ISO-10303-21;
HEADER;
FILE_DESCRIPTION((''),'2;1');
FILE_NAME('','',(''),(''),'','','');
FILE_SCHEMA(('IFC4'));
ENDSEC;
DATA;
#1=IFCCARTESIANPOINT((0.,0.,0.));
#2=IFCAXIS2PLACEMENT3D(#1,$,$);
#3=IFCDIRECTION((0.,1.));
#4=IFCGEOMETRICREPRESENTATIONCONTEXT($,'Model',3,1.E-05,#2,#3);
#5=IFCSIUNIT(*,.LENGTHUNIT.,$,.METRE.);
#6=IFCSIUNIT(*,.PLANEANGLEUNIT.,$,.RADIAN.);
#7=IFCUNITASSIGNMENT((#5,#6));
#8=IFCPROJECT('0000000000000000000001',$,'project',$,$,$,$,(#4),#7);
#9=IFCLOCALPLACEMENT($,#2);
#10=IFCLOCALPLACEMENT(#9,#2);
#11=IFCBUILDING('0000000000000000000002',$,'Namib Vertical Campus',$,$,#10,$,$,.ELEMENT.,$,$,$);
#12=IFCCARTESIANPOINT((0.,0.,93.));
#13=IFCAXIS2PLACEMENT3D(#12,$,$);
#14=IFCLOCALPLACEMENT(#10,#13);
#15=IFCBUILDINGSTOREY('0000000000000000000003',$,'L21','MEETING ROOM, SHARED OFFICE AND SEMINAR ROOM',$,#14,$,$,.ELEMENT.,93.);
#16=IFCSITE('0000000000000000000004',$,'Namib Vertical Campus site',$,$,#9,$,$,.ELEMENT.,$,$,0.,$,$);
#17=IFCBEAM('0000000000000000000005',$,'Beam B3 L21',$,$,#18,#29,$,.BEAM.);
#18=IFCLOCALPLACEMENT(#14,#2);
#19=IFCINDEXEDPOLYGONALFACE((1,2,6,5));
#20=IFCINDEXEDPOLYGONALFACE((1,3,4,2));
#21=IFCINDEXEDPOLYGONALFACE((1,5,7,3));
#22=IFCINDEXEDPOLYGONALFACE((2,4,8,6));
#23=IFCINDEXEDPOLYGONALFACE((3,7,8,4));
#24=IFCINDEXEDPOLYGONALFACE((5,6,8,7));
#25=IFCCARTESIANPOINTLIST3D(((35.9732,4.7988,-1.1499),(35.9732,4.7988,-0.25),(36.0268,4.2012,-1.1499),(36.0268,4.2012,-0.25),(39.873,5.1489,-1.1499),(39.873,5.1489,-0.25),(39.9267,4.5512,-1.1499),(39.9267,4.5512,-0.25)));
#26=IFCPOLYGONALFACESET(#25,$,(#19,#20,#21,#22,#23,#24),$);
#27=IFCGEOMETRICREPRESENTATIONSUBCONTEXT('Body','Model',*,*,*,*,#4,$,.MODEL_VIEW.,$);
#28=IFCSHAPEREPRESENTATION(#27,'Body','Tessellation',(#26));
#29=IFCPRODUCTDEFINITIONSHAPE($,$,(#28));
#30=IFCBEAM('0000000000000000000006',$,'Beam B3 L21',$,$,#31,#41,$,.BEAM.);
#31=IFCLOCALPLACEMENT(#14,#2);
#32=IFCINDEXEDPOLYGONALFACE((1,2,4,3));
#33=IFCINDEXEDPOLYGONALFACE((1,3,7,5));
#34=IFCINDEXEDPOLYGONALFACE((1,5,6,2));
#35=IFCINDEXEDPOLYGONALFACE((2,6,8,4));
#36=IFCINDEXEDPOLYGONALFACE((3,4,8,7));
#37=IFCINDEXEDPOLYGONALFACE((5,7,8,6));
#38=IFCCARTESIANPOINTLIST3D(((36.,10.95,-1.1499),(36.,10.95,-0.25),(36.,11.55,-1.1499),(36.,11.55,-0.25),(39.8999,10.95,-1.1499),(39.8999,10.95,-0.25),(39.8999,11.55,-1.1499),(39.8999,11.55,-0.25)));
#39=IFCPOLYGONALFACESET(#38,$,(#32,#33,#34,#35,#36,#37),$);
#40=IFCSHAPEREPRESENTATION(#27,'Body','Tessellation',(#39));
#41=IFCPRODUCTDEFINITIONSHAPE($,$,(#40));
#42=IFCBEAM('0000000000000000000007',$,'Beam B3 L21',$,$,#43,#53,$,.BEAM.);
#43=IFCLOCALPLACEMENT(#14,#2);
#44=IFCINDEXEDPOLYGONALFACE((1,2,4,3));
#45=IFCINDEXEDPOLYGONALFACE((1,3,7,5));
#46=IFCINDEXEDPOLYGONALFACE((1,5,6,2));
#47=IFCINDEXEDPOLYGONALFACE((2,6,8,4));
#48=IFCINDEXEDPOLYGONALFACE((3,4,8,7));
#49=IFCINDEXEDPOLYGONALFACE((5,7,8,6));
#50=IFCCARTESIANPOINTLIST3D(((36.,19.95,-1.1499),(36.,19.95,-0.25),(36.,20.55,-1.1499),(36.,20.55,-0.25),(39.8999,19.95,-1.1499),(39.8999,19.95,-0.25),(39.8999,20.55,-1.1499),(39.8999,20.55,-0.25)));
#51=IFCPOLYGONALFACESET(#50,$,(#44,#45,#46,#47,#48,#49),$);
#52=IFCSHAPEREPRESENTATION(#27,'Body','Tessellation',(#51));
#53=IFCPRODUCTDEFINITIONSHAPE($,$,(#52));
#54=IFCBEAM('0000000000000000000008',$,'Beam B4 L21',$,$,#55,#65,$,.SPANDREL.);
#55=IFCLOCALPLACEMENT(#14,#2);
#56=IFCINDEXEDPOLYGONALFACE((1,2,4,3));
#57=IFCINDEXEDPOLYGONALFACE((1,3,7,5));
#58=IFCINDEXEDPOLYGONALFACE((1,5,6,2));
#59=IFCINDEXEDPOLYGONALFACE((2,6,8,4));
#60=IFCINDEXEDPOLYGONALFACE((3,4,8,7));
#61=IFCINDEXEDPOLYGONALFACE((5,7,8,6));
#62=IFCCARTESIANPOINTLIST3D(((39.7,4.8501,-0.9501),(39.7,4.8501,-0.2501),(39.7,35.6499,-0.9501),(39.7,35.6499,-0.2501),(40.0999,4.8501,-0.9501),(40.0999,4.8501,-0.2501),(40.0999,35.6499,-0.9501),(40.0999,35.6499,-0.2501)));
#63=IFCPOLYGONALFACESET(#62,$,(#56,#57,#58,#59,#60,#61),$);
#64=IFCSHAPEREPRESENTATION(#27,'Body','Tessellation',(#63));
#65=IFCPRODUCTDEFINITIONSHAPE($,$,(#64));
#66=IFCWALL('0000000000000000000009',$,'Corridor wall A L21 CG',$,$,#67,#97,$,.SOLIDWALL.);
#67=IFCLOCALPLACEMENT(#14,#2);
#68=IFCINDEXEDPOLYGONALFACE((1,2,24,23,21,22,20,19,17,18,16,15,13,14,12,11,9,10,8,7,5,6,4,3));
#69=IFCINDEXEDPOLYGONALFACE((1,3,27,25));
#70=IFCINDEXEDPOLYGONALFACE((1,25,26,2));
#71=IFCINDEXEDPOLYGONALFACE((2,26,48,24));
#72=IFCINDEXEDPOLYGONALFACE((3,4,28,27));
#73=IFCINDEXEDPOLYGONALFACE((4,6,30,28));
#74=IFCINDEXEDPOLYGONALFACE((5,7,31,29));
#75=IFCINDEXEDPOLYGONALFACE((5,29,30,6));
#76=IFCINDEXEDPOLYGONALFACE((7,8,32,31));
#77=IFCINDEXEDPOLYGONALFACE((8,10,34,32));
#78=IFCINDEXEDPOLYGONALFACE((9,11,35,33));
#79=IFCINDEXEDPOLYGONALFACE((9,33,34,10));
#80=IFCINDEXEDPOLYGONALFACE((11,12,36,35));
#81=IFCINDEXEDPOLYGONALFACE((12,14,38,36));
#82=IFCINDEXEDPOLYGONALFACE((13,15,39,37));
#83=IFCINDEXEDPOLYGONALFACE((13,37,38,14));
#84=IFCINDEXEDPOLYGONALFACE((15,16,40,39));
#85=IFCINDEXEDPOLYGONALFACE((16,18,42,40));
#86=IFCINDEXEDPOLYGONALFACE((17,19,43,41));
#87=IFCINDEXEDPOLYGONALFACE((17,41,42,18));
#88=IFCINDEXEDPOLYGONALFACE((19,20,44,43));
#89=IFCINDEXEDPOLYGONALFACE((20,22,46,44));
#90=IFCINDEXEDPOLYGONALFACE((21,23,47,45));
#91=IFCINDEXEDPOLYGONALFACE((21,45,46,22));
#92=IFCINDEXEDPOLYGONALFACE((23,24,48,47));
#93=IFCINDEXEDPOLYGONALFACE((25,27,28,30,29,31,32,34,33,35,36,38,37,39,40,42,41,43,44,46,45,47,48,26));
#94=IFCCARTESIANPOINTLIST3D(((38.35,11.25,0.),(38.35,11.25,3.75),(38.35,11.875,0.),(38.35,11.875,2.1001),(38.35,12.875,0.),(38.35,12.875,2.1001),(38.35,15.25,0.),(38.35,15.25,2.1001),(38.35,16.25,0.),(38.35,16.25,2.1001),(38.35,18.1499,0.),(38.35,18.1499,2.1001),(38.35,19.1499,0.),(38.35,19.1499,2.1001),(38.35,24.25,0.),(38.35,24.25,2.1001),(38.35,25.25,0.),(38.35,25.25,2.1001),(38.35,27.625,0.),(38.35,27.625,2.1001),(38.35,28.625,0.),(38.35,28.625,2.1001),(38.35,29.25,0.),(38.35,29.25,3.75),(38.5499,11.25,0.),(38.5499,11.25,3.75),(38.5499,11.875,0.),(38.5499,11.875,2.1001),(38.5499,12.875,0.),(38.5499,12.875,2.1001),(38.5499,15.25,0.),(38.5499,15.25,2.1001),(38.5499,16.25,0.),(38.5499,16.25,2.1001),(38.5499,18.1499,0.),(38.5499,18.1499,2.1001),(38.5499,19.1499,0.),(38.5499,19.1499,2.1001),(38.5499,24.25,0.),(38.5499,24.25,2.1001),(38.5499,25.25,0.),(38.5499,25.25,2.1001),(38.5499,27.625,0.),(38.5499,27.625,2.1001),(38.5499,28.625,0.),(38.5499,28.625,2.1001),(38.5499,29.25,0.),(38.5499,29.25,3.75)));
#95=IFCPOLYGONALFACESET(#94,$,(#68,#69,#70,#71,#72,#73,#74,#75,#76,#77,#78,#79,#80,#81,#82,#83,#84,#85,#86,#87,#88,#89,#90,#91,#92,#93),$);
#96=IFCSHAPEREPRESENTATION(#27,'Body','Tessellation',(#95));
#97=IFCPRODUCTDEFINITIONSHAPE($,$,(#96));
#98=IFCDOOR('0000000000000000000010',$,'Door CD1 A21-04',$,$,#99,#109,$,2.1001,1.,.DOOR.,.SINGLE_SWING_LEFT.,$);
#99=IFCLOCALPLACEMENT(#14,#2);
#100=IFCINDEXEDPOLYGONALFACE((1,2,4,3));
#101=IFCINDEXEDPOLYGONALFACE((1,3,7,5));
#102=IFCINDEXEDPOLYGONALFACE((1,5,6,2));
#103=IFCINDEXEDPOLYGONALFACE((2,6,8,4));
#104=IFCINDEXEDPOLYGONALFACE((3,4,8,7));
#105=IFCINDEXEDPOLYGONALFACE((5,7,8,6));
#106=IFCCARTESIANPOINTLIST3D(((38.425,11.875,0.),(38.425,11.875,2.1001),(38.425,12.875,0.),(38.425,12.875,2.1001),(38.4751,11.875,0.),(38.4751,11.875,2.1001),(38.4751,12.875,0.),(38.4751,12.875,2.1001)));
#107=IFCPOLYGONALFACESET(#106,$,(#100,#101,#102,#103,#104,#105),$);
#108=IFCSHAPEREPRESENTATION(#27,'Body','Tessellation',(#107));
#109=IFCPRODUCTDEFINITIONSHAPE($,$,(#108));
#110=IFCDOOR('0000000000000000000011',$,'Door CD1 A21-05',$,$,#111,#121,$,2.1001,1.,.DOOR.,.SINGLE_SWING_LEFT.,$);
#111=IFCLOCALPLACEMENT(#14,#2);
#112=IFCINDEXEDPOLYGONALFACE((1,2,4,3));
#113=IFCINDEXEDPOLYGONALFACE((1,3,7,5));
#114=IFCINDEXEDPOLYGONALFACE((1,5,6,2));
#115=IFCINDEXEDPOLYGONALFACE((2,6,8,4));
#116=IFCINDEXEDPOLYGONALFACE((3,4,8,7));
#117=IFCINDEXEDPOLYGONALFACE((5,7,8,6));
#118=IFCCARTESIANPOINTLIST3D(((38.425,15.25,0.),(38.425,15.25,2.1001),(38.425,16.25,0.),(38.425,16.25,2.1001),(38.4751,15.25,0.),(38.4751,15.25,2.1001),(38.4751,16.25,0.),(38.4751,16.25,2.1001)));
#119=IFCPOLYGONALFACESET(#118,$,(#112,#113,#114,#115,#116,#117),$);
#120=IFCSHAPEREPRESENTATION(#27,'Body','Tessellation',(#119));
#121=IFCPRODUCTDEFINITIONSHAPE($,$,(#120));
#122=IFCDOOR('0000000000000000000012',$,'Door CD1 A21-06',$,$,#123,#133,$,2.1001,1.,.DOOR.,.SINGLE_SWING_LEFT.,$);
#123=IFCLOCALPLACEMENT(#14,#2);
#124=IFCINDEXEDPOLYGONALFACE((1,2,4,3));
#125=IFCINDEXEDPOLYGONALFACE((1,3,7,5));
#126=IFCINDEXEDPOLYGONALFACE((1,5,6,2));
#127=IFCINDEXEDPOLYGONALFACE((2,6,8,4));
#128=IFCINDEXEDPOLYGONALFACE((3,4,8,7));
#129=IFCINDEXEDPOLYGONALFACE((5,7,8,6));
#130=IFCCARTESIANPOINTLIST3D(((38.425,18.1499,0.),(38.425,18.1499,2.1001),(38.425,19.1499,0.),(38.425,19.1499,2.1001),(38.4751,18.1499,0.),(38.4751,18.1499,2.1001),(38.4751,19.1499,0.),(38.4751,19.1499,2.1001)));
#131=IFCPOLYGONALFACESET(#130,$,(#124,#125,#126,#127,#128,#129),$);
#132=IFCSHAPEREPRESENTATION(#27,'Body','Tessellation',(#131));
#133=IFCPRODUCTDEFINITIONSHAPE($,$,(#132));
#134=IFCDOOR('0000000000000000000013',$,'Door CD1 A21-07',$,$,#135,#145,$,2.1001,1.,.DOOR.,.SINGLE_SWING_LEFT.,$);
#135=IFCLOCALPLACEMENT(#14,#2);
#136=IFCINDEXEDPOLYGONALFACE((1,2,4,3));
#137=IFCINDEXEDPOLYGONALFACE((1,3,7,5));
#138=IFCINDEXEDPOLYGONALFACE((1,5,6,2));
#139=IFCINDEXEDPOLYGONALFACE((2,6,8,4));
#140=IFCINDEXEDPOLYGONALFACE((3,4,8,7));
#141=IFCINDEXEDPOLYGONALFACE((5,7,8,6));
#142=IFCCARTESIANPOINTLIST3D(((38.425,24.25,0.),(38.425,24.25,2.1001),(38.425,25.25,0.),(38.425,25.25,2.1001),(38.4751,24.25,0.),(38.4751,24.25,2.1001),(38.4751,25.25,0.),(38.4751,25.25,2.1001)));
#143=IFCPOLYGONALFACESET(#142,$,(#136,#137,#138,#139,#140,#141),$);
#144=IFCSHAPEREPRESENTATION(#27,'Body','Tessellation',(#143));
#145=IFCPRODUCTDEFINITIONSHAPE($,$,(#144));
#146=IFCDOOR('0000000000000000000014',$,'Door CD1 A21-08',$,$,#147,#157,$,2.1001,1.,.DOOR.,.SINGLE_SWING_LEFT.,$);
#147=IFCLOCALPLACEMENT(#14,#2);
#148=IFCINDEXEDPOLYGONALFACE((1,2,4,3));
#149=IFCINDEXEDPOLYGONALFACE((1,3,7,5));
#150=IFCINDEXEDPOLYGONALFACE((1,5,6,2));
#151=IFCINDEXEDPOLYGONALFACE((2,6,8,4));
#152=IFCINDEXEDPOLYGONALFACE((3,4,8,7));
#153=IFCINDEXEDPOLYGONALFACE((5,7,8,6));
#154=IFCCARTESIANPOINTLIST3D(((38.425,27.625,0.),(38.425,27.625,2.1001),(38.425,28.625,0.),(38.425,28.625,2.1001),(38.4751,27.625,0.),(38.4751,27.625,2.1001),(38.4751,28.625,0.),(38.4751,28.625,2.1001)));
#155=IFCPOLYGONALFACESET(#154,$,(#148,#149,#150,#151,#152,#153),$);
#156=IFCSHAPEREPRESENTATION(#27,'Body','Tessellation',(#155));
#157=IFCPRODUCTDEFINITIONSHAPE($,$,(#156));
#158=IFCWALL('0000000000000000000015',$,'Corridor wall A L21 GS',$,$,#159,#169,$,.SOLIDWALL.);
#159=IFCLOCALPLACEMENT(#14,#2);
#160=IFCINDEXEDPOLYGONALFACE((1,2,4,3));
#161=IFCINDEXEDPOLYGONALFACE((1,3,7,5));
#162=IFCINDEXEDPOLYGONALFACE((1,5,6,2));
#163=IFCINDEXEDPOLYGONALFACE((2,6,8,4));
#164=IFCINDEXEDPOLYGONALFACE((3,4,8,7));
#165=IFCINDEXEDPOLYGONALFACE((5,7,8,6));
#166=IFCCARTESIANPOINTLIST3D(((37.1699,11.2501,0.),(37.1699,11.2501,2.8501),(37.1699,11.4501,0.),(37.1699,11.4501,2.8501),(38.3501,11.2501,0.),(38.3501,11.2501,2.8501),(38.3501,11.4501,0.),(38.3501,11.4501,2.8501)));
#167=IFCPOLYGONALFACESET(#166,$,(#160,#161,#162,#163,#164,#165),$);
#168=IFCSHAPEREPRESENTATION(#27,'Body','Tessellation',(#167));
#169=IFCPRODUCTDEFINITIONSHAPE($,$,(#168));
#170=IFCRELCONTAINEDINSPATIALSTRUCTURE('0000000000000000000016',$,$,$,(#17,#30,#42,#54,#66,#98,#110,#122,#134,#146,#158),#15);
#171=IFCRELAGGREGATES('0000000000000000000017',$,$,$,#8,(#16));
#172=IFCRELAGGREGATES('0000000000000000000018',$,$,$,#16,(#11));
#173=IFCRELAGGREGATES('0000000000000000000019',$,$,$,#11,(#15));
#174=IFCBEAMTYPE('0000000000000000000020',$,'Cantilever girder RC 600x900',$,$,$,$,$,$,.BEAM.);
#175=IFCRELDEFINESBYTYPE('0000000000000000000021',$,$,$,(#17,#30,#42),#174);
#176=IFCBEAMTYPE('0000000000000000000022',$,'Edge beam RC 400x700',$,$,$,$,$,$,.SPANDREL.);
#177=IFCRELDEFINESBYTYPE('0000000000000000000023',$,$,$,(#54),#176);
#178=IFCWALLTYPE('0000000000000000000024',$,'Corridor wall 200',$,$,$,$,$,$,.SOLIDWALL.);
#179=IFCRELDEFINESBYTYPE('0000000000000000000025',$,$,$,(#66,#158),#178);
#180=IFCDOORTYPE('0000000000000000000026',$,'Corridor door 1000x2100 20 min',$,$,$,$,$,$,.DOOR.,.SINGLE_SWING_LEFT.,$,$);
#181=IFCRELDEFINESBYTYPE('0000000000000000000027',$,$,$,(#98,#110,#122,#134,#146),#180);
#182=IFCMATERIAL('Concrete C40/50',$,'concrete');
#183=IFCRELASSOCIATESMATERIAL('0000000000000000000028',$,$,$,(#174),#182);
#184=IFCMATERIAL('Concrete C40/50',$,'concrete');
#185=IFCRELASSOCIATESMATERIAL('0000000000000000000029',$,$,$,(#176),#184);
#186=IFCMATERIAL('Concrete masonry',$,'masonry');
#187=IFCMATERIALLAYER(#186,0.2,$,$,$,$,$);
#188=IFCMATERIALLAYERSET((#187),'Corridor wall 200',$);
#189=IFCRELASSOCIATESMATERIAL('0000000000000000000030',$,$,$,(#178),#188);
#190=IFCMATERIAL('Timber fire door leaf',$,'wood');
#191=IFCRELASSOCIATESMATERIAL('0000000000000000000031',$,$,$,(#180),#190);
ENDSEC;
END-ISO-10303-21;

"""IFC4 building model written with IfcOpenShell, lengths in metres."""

from ifc_helpers import new_model, si_unit, direction, frame, frame_2d, origin, origin_2d, place, context, subcontext, project, spatial, rectangle, extrude, material, layer, layer_set, material_profile, profile_set, type_object, element, fill, save


model = new_model("IFC4")

# Units and contexts
model_context = context("Model", 3, precision=1e-05, world=origin(), true_north=direction((0.0, 1.0)))
body_context = subcontext(model_context, "Body", "Model", "MODEL_VIEW")
ifc_project = project(units=[si_unit("LENGTHUNIT", "METRE"), si_unit("PLANEANGLEUNIT", "RADIAN")], contexts=[model_context])

# Site, building, storey
site_placement = place(None, origin())
site = spatial("IfcSite", under=ifc_project, at=site_placement, Name="Namib Vertical Campus site", CompositionType="ELEMENT", RefElevation=0.0)
building_placement = place(site_placement, origin())
building = spatial("IfcBuilding", under=site, at=building_placement, Name="Namib Vertical Campus", CompositionType="ELEMENT")
storey_placement = place(building_placement, frame((0.0, 0.0, 93.0)))
storey = spatial("IfcBuildingStorey", under=building, at=storey_placement, Name="L21", Description="MEETING ROOM, SHARED OFFICE AND SEMINAR ROOM", CompositionType="ELEMENT", Elevation=93.0)

# Beams
ifc_material_1 = material(Name="Concrete C40/50", Category="concrete")
ifc_material_profile_1 = material_profile(ifc_material_1, rectangle(XDim=0.6001, YDim=0.8999, at=origin_2d()))
ifc_profile_set_1 = profile_set([ifc_material_profile_1], Name="Concrete C40/50")
beam_type_1 = type_object("IfcBeamType", Name="Cantilever girder RC 600x900", PredefinedType="BEAM", material=ifc_profile_set_1)
beam_1_placement = place(storey_placement, frame((36.0, 4.5, -0.7), z_axis=(0.995995, 0.089411, 0.0), x_axis=(-0.089411, 0.995995, 0.0)))
element("IfcBeam", 1, at=beam_1_placement, inside=storey, type_object=beam_type_1, Name="Beam B3 L21", PredefinedType="BEAM", context=body_context, shape_type="SweptSolid", body=[
    extrude(rectangle(XDim=0.6001, YDim=0.8999, at=origin_2d()), origin(), (0.0, 0.0, 1.0), 3.9155),
])
for number, where, z_axis, x_axis, name in (
    (2, (36.0, 11.25, -0.7), (1.0, 0.0, 0.0), (0.0, 1.0, 0.0), "Beam B3 L21"),
    (3, (36.0, 20.25, -0.7), (1.0, 0.0, 0.0), (0.0, 1.0, 0.0), "Beam B3 L21"),
):
    element("IfcBeam", number, at=place(storey_placement, frame(where, z_axis=z_axis, x_axis=x_axis)), inside=storey, type_object=beam_type_1, Name=name, PredefinedType="BEAM", context=body_context, shape_type="SweptSolid", body=[
        extrude(rectangle(XDim=0.6001, YDim=0.8999, at=origin_2d()), origin(), (0.0, 0.0, 1.0), 3.8999),
    ])
ifc_material_2 = material(Name="Concrete C40/50", Category="concrete")
ifc_material_profile_2 = material_profile(ifc_material_2, rectangle(XDim=0.3999, YDim=0.7, at=origin_2d()))
ifc_profile_set_2 = profile_set([ifc_material_profile_2], Name="Concrete C40/50")
beam_type_2 = type_object("IfcBeamType", Name="Edge beam RC 400x700", PredefinedType="SPANDREL", material=ifc_profile_set_2)
beam_2_placement = place(storey_placement, frame((39.8999, 4.8501, -0.6001), z_axis=(0.0, 1.0, 0.0), x_axis=(-1.0, 0.0, 0.0)))
element("IfcBeam", 4, at=beam_2_placement, inside=storey, type_object=beam_type_2, Name="Beam B4 L21", PredefinedType="SPANDREL", context=body_context, shape_type="SweptSolid", body=[
    extrude(rectangle(XDim=0.3999, YDim=0.7, at=origin_2d()), origin(), (0.0, 0.0, 1.0), 30.7998),
])

# Wall, openings, doors
ifc_material_3 = material(Name="Concrete masonry", Category="masonry")
ifc_layer_1 = layer(ifc_material_3, 0.2)
ifc_layer_set_1 = layer_set([ifc_layer_1], Name="Corridor wall 200")
wall_type_1 = type_object("IfcWallType", Name="Corridor wall 200", PredefinedType="SOLIDWALL", material=ifc_layer_set_1)
wall_1_placement = place(storey_placement, frame((38.45, 11.25, 0.0), z_axis=(0.0, 0.0, 1.0), x_axis=(0.0, 1.0, 0.0)))
wall_1 = element("IfcWall", 5, at=wall_1_placement, inside=storey, type_object=wall_type_1, Name="Corridor wall A L21 CG", PredefinedType="SOLIDWALL", context=body_context, shape_type="SweptSolid", body=[
    extrude(rectangle(XDim=18.0, YDim=0.2, at=frame_2d((9.0, 0.0))), origin(), (0.0, 0.0, 1.0), 3.75),
])
opening_1_placement = place(wall_1_placement, frame((0.625, 0.0, 0.0)))
opening_1 = element("IfcOpeningElement", 6, at=opening_1_placement, cuts=wall_1, PredefinedType="OPENING", context=body_context, shape_type="SweptSolid", body=[
    extrude(rectangle(XDim=1.0, YDim=2.1001, at=frame_2d((0.5, 1.05))), frame((0.0, 0.1099, 0.0), z_axis=(0.0, -1.0, 0.0), x_axis=(1.0, 0.0, 0.0)), (0.0, 0.0, 1.0), 0.22),
])
opening_2_placement = place(wall_1_placement, frame((4.0, 0.0, 0.0)))
opening_2 = element("IfcOpeningElement", 7, at=opening_2_placement, cuts=wall_1, PredefinedType="OPENING", context=body_context, shape_type="SweptSolid", body=[
    extrude(rectangle(XDim=1.0, YDim=2.1001, at=frame_2d((0.5, 1.05))), frame((0.0, 0.1099, 0.0), z_axis=(0.0, -1.0, 0.0), x_axis=(1.0, 0.0, 0.0)), (0.0, 0.0, 1.0), 0.22),
])
opening_3_placement = place(wall_1_placement, frame((6.8999, 0.0, 0.0)))
opening_3 = element("IfcOpeningElement", 8, at=opening_3_placement, cuts=wall_1, PredefinedType="OPENING", context=body_context, shape_type="SweptSolid", body=[
    extrude(rectangle(XDim=1.0, YDim=2.1001, at=frame_2d((0.5, 1.05))), frame((0.0, 0.1099, 0.0), z_axis=(0.0, -1.0, 0.0), x_axis=(1.0, 0.0, 0.0)), (0.0, 0.0, 1.0), 0.22),
])
opening_4_placement = place(wall_1_placement, frame((13.0, 0.0, 0.0)))
opening_4 = element("IfcOpeningElement", 9, at=opening_4_placement, cuts=wall_1, PredefinedType="OPENING", context=body_context, shape_type="SweptSolid", body=[
    extrude(rectangle(XDim=1.0, YDim=2.1001, at=frame_2d((0.5, 1.05))), frame((0.0, 0.1099, 0.0), z_axis=(0.0, -1.0, 0.0), x_axis=(1.0, 0.0, 0.0)), (0.0, 0.0, 1.0), 0.22),
])
opening_5_placement = place(wall_1_placement, frame((16.375, 0.0, 0.0)))
opening_5 = element("IfcOpeningElement", 10, at=opening_5_placement, cuts=wall_1, PredefinedType="OPENING", context=body_context, shape_type="SweptSolid", body=[
    extrude(rectangle(XDim=1.0, YDim=2.1001, at=frame_2d((0.5, 1.05))), frame((0.0, 0.1099, 0.0), z_axis=(0.0, -1.0, 0.0), x_axis=(1.0, 0.0, 0.0)), (0.0, 0.0, 1.0), 0.22),
])
ifc_material_4 = material(Name="Timber fire door leaf", Category="wood")
door_type = type_object("IfcDoorType", Name="Corridor door 1000x2100 20 min", OperationType="SINGLE_SWING_LEFT", PredefinedType="DOOR", material=ifc_material_4)
door_1_placement = place(opening_1_placement, origin())
door_1 = element("IfcDoor", 11, at=door_1_placement, inside=storey, type_object=door_type, Name="Door CD1 A21-04", OperationType="SINGLE_SWING_LEFT", OverallHeight=2.1001, OverallWidth=1.0, PredefinedType="DOOR", context=body_context, shape_type="SweptSolid", body=[
    extrude(rectangle(XDim=1.0, YDim=2.1001, at=frame_2d((0.5, 1.05))), frame((0.0, 0.0249, 0.0), z_axis=(0.0, -1.0, 0.0), x_axis=(1.0, 0.0, 0.0)), (0.0, 0.0, 1.0), 0.05),
])
fill(opening_1, door_1)
door_2_placement = place(opening_2_placement, origin())
door_2 = element("IfcDoor", 12, at=door_2_placement, inside=storey, type_object=door_type, Name="Door CD1 A21-05", OperationType="SINGLE_SWING_LEFT", OverallHeight=2.1001, OverallWidth=1.0, PredefinedType="DOOR", context=body_context, shape_type="SweptSolid", body=[
    extrude(rectangle(XDim=1.0, YDim=2.1001, at=frame_2d((0.5, 1.05))), frame((0.0, 0.0249, 0.0), z_axis=(0.0, -1.0, 0.0), x_axis=(1.0, 0.0, 0.0)), (0.0, 0.0, 1.0), 0.05),
])
fill(opening_2, door_2)
door_3_placement = place(opening_3_placement, origin())
door_3 = element("IfcDoor", 13, at=door_3_placement, inside=storey, type_object=door_type, Name="Door CD1 A21-06", OperationType="SINGLE_SWING_LEFT", OverallHeight=2.1001, OverallWidth=1.0, PredefinedType="DOOR", context=body_context, shape_type="SweptSolid", body=[
    extrude(rectangle(XDim=1.0, YDim=2.1001, at=frame_2d((0.5, 1.05))), frame((0.0, 0.0249, 0.0), z_axis=(0.0, -1.0, 0.0), x_axis=(1.0, 0.0, 0.0)), (0.0, 0.0, 1.0), 0.05),
])
fill(opening_3, door_3)
door_4_placement = place(opening_4_placement, origin())
door_4 = element("IfcDoor", 14, at=door_4_placement, inside=storey, type_object=door_type, Name="Door CD1 A21-07", OperationType="SINGLE_SWING_LEFT", OverallHeight=2.1001, OverallWidth=1.0, PredefinedType="DOOR", context=body_context, shape_type="SweptSolid", body=[
    extrude(rectangle(XDim=1.0, YDim=2.1001, at=frame_2d((0.5, 1.05))), frame((0.0, 0.0249, 0.0), z_axis=(0.0, -1.0, 0.0), x_axis=(1.0, 0.0, 0.0)), (0.0, 0.0, 1.0), 0.05),
])
fill(opening_4, door_4)
door_5_placement = place(opening_5_placement, origin())
door_5 = element("IfcDoor", 15, at=door_5_placement, inside=storey, type_object=door_type, Name="Door CD1 A21-08", OperationType="SINGLE_SWING_LEFT", OverallHeight=2.1001, OverallWidth=1.0, PredefinedType="DOOR", context=body_context, shape_type="SweptSolid", body=[
    extrude(rectangle(XDim=1.0, YDim=2.1001, at=frame_2d((0.5, 1.05))), frame((0.0, 0.0249, 0.0), z_axis=(0.0, -1.0, 0.0), x_axis=(1.0, 0.0, 0.0)), (0.0, 0.0, 1.0), 0.05),
])
fill(opening_5, door_5)

# Wall
wall_2_placement = place(storey_placement, frame((37.1699, 11.3501, 0.0), z_axis=(0.0, 0.0, 1.0), x_axis=(1.0, 0.0, 0.0)))
element("IfcWall", 16, at=wall_2_placement, inside=storey, type_object=wall_type_1, Name="Corridor wall A L21 GS", PredefinedType="SOLIDWALL", context=body_context, shape_type="SweptSolid", body=[
    extrude(rectangle(XDim=1.1802, YDim=0.2, at=frame_2d((0.5901, 0.0))), origin(), (0.0, 0.0, 1.0), 2.8501),
])

save(model, "model.ifc")
